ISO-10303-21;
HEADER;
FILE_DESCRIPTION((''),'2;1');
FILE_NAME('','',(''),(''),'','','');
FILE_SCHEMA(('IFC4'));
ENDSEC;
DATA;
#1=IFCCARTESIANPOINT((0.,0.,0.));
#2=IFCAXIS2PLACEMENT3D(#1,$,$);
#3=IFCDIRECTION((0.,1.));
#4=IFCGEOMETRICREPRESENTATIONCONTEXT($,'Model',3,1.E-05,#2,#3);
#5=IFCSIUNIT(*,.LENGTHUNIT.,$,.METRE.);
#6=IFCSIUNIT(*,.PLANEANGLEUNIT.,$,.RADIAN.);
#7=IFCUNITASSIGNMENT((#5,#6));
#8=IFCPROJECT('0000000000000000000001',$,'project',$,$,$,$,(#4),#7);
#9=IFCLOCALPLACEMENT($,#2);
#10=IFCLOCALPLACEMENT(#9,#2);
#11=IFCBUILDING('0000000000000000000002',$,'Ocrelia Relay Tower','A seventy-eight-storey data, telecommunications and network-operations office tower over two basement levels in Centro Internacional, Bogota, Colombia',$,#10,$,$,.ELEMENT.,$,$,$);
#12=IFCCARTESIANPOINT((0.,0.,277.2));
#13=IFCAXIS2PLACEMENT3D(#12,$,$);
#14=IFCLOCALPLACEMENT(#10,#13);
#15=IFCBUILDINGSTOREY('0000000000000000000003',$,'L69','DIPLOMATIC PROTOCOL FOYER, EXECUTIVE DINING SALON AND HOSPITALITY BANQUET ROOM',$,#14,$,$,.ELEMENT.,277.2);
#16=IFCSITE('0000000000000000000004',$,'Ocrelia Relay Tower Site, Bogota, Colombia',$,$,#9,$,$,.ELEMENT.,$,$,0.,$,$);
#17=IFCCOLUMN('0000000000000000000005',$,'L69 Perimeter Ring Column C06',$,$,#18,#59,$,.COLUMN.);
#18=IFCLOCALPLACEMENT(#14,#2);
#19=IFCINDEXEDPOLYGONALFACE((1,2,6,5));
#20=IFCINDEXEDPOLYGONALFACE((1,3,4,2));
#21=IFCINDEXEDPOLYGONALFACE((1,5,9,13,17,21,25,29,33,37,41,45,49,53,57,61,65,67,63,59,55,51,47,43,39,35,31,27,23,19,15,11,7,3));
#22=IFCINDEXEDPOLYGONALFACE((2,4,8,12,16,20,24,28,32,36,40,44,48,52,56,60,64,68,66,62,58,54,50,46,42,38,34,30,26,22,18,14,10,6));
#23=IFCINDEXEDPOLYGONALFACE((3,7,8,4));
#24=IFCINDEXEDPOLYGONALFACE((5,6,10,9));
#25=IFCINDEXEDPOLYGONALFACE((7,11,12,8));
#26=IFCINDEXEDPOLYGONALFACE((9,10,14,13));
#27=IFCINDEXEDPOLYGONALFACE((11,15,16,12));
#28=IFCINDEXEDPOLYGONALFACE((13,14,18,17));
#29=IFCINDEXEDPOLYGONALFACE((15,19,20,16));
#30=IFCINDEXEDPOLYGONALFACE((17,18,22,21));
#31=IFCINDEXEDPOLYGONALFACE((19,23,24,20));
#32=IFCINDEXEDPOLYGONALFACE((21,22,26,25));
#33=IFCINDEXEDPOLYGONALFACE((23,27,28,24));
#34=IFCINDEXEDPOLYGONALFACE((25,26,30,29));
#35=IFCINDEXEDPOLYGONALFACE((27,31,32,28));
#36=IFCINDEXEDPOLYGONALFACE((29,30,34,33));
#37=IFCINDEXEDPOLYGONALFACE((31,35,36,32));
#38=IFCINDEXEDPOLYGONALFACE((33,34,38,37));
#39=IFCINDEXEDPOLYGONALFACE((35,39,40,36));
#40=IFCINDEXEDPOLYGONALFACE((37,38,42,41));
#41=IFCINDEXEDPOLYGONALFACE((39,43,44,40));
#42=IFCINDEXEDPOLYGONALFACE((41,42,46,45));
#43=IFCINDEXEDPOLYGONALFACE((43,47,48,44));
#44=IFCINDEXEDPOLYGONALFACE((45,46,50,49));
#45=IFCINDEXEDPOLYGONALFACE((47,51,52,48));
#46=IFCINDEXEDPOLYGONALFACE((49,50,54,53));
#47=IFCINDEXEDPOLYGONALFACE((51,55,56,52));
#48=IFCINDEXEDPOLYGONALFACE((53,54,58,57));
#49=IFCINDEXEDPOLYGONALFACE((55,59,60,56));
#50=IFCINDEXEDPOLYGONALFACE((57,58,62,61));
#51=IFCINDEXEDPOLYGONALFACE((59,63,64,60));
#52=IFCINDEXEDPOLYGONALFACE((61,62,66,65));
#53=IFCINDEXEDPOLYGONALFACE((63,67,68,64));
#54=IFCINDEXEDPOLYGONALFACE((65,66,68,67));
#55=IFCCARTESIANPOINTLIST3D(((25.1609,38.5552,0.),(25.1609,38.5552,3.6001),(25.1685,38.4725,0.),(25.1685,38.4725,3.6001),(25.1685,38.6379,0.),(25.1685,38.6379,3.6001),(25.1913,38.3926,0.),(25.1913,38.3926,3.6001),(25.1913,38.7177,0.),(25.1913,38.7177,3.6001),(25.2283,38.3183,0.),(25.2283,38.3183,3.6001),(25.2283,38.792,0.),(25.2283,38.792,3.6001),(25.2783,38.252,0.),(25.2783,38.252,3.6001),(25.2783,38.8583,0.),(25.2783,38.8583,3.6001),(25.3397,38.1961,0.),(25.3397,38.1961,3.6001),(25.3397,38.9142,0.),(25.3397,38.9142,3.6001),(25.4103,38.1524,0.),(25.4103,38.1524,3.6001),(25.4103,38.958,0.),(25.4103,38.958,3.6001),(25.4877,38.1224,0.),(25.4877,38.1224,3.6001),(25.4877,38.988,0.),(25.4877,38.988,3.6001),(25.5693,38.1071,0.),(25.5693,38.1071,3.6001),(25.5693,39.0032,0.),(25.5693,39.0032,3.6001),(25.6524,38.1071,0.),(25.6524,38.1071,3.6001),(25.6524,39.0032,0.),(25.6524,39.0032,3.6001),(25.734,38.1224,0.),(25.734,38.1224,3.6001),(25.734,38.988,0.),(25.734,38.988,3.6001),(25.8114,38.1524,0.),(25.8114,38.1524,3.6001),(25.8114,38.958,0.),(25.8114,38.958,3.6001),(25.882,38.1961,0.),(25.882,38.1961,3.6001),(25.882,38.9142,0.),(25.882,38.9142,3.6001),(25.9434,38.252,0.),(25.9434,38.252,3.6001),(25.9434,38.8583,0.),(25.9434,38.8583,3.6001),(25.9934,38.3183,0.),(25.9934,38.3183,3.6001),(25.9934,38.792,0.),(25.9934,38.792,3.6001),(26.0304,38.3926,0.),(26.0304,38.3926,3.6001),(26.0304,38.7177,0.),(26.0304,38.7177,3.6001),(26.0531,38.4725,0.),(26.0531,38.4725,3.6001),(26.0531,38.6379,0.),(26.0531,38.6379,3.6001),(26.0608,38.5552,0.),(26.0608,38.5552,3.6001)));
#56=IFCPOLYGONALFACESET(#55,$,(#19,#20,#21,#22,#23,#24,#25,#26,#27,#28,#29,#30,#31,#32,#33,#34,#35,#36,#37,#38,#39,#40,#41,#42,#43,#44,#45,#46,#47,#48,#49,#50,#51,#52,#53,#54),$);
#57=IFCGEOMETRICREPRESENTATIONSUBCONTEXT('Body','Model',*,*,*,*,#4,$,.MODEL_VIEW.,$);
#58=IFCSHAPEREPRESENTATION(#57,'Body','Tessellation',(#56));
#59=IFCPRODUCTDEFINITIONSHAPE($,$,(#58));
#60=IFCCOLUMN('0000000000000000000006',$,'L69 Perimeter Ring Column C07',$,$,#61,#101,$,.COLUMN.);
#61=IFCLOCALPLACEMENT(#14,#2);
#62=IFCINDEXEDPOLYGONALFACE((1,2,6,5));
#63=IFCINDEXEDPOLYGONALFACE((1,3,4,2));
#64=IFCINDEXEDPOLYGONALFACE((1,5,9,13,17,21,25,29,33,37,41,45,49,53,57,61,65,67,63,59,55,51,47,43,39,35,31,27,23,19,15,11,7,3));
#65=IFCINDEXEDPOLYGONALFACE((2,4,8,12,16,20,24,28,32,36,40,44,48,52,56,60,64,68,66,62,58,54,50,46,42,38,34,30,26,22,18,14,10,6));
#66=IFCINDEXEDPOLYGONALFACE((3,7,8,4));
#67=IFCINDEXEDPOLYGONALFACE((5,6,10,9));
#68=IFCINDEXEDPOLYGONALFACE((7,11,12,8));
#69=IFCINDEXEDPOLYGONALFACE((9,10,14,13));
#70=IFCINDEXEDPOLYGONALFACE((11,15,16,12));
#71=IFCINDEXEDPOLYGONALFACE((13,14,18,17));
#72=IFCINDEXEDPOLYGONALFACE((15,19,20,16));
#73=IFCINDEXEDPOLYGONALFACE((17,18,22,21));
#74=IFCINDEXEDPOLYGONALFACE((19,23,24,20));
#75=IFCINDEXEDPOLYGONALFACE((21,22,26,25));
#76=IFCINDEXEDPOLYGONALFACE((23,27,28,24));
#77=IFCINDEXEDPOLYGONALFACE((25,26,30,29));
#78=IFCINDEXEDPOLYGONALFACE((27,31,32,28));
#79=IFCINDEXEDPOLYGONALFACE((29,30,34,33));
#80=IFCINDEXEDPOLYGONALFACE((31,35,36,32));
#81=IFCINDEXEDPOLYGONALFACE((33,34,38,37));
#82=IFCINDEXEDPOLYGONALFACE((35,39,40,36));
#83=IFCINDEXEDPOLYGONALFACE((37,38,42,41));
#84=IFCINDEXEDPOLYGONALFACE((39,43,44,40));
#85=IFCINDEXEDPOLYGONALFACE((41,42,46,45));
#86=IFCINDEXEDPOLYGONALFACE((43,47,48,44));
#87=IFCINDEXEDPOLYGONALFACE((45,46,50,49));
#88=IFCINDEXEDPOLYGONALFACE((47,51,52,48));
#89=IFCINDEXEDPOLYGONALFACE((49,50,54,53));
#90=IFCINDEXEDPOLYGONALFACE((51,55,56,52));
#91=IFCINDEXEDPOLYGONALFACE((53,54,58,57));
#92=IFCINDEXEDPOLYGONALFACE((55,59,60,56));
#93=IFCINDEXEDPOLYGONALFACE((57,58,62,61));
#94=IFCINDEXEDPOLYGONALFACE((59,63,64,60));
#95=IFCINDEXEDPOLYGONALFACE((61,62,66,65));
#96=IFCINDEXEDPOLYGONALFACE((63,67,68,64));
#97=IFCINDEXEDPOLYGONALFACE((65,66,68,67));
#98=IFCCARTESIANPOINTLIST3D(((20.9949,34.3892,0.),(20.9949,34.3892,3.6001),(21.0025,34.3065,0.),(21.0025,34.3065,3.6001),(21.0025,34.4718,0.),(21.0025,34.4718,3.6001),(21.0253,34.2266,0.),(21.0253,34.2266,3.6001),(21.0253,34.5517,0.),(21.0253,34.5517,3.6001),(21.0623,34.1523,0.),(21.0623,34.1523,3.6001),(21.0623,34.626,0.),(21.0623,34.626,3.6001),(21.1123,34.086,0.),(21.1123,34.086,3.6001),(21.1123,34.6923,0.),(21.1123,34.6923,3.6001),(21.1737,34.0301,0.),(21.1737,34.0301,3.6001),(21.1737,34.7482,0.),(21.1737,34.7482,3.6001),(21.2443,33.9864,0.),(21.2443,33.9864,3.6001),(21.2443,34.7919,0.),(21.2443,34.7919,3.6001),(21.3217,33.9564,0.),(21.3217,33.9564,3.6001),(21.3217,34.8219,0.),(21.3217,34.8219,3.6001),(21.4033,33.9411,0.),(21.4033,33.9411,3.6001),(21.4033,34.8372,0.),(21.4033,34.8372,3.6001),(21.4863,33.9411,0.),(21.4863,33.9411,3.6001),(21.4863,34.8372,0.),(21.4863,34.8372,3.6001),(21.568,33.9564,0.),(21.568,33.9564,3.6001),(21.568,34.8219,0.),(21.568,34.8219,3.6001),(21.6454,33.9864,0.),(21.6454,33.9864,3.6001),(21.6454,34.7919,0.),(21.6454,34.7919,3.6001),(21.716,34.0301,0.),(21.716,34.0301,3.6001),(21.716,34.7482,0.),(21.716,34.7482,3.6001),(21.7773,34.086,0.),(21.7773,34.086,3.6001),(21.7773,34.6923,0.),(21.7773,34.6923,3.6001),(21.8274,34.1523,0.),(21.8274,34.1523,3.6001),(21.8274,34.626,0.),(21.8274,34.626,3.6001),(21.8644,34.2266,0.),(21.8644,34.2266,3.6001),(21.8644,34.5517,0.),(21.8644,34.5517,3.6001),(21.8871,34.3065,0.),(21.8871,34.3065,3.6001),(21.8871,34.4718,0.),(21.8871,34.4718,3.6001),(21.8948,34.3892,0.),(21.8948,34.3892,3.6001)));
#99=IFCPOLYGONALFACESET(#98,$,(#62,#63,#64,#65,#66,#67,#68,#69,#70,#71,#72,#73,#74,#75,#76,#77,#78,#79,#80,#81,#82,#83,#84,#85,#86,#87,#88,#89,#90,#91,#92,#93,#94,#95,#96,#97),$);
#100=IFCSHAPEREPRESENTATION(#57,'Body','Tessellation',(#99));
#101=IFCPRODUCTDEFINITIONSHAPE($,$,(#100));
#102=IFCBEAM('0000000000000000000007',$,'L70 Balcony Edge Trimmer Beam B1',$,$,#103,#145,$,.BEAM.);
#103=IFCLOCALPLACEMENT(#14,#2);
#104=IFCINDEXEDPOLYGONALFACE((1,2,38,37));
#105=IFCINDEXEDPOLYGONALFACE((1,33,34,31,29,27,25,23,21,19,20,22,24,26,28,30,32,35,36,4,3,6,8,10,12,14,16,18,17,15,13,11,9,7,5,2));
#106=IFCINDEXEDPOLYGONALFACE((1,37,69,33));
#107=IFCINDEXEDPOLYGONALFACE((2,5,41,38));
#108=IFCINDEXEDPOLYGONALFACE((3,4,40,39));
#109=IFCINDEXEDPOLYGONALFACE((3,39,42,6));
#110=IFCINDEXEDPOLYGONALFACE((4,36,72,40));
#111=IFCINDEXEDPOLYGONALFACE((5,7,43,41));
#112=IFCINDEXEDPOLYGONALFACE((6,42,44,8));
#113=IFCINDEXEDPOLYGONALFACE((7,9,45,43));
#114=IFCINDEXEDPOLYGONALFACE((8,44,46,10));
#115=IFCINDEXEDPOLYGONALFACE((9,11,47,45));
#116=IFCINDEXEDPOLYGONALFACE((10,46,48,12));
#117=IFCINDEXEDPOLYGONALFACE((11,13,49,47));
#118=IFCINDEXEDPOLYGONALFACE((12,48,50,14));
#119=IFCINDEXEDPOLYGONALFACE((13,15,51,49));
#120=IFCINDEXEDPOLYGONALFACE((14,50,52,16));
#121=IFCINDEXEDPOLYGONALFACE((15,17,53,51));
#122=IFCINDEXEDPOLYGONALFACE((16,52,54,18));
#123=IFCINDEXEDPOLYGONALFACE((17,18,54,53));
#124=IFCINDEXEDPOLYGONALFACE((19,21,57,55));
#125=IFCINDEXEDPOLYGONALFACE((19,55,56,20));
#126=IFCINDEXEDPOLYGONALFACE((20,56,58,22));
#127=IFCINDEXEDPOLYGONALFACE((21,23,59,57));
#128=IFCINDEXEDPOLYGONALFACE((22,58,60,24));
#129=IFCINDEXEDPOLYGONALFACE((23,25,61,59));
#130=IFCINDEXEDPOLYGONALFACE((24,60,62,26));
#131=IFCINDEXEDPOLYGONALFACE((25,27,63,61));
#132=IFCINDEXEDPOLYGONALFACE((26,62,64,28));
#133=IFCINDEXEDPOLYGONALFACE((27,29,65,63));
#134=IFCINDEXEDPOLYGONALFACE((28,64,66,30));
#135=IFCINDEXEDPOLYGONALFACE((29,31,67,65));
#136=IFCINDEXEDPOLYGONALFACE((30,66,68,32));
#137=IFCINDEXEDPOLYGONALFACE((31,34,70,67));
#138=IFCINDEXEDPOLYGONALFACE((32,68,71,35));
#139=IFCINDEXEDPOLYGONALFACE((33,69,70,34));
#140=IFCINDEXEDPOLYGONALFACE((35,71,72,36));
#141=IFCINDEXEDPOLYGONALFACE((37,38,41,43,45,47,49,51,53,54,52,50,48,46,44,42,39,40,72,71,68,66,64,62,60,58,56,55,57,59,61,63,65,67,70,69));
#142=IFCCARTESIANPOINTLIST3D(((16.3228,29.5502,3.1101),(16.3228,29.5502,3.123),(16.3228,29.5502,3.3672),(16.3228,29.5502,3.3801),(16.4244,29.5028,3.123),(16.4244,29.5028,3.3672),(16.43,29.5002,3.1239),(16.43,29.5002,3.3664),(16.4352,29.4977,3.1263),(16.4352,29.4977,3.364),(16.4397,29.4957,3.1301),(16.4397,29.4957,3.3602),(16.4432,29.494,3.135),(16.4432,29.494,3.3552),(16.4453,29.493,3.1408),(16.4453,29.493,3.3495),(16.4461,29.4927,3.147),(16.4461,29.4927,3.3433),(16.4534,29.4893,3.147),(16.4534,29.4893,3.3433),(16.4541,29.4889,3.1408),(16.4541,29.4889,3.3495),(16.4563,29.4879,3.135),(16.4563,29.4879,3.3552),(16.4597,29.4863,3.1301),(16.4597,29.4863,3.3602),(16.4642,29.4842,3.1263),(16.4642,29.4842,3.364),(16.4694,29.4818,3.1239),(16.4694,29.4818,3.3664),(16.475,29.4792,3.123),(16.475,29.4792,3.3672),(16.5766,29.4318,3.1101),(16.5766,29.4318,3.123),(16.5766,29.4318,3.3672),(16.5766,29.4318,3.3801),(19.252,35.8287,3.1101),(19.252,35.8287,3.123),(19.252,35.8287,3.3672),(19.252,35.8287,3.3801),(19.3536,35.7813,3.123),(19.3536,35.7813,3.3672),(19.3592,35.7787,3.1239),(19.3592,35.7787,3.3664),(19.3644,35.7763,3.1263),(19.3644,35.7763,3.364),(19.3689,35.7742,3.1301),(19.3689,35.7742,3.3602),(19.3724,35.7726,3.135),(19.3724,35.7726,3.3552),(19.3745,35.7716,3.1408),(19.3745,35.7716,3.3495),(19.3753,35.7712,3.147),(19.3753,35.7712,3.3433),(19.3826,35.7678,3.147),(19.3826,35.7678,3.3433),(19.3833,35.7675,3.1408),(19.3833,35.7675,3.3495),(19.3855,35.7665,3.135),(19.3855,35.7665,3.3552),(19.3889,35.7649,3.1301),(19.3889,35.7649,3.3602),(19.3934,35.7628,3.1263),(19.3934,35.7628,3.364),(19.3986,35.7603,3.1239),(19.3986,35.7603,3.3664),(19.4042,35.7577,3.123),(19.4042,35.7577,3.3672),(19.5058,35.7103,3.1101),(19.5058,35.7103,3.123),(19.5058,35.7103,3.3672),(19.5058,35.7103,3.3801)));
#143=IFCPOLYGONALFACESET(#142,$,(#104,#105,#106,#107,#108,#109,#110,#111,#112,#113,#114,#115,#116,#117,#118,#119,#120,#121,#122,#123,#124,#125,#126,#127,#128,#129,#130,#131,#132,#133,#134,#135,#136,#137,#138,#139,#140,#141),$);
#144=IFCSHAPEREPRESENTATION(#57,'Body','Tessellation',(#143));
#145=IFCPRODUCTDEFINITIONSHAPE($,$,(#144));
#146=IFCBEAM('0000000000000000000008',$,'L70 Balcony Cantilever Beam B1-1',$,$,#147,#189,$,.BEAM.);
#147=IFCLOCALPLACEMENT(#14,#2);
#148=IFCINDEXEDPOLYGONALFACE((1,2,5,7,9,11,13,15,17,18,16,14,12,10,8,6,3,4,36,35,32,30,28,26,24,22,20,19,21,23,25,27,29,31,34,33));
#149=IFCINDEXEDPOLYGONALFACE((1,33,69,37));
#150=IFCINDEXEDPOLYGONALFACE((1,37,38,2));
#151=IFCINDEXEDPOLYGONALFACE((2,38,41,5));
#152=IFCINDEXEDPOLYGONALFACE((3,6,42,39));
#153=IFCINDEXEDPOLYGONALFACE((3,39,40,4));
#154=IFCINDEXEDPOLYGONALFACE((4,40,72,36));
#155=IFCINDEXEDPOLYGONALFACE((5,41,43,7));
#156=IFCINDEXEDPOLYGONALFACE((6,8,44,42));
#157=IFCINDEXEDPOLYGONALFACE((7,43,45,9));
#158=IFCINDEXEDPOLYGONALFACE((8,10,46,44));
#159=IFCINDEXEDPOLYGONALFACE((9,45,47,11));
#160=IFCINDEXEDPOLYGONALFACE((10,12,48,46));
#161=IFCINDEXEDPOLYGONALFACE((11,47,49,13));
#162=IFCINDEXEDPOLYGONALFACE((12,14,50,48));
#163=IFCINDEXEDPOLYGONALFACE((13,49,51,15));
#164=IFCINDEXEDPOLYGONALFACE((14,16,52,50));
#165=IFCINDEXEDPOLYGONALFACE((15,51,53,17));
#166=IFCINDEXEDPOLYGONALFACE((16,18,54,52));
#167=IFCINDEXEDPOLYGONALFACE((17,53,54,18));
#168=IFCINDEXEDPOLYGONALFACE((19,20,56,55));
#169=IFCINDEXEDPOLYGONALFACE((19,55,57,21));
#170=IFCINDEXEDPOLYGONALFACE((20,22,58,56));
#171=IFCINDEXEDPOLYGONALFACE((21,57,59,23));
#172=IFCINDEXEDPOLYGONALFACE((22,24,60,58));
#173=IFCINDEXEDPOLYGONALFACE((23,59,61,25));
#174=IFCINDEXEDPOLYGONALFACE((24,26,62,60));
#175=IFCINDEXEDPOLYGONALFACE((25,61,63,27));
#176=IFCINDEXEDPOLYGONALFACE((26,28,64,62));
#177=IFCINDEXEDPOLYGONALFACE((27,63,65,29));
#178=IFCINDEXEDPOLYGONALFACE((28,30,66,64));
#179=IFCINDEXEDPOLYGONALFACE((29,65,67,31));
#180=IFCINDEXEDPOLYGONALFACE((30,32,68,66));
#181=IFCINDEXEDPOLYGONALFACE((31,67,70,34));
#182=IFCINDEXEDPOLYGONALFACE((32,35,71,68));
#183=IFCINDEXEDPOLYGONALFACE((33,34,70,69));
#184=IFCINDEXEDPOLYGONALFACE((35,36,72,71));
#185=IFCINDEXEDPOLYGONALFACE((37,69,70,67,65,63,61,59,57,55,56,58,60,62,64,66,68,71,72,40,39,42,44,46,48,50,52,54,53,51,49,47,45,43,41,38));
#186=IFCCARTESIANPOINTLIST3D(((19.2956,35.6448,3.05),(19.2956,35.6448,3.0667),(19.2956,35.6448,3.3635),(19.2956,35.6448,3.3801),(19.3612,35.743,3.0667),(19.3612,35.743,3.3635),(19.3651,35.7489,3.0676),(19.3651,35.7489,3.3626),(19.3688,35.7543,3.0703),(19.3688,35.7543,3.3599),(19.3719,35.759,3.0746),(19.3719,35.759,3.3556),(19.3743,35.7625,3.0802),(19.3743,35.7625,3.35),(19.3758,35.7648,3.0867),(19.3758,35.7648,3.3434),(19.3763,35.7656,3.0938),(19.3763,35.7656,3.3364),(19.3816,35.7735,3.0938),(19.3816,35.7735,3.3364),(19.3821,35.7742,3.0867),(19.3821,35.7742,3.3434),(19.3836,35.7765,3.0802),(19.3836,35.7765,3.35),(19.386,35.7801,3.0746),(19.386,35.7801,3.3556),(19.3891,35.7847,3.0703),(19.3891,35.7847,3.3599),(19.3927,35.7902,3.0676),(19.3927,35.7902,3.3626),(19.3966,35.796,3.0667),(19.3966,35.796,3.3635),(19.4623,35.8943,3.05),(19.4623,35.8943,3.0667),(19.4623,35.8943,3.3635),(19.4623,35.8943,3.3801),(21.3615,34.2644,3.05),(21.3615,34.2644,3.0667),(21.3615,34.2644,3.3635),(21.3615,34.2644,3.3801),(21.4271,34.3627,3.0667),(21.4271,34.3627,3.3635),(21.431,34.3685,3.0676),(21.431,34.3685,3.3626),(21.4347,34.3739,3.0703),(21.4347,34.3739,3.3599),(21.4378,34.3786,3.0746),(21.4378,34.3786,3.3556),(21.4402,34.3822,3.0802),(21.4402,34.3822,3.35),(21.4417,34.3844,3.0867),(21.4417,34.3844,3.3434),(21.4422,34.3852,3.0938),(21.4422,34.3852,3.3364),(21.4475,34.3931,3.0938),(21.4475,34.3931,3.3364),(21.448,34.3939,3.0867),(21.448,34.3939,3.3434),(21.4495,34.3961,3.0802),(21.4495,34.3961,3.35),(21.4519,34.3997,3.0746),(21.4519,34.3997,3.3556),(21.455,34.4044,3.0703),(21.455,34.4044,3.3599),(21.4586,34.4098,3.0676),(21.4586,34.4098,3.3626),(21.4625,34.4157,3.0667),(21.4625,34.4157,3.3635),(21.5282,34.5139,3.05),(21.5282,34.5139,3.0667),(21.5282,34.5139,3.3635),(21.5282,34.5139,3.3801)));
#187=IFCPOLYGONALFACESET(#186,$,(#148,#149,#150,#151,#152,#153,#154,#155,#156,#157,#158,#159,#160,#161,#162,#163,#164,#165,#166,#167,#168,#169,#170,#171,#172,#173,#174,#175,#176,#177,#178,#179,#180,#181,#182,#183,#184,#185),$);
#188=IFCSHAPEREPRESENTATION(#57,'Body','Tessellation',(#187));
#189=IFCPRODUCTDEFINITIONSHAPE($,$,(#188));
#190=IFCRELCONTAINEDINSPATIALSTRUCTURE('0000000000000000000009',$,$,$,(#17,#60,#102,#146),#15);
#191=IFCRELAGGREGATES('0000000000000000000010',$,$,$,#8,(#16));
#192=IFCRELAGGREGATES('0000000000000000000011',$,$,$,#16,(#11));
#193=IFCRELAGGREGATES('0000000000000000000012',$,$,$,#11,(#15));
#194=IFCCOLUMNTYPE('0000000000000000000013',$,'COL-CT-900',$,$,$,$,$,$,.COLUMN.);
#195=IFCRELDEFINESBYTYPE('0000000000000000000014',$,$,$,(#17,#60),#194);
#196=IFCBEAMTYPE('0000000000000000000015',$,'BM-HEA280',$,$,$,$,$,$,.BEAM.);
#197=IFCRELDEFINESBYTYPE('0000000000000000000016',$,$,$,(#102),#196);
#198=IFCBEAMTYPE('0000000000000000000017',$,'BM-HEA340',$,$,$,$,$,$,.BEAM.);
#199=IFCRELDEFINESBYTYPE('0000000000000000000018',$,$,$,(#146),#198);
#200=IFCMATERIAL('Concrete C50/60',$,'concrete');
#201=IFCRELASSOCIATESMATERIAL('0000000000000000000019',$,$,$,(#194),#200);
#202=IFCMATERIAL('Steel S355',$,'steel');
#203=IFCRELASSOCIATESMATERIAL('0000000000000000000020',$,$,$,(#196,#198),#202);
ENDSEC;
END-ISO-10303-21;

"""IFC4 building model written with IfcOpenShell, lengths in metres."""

from ifc_helpers import new_model, si_unit, direction, frame, origin, origin_2d, place, context, subcontext, project, spatial, circle, i_section, extrude, material, material_profile, profile_set, type_object, element, save


model = new_model("IFC4")

# Units and contexts
model_context = context("Model", 3, precision=1e-05, world=origin(), true_north=direction((0.0, 1.0)))
body_context = subcontext(model_context, "Body", "Model", "MODEL_VIEW")
ifc_project = project(units=[si_unit("LENGTHUNIT", "METRE"), si_unit("PLANEANGLEUNIT", "RADIAN")], contexts=[model_context])

# Site, building, storey
site_placement = place(None, origin())
site = spatial("IfcSite", under=ifc_project, at=site_placement, Name="Ocrelia Relay Tower Site, Bogota, Colombia", CompositionType="ELEMENT", RefElevation=0.0)
building_placement = place(site_placement, origin())
building = spatial("IfcBuilding", under=site, at=building_placement, Name="Ocrelia Relay Tower", Description="A seventy-eight-storey data, telecommunications and network-operations office tower over two basement levels in Centro Internacional, Bogota, Colombia", CompositionType="ELEMENT")
storey_placement = place(building_placement, frame((0.0, 0.0, 277.2)))
storey = spatial("IfcBuildingStorey", under=building, at=storey_placement, Name="L69", Description="DIPLOMATIC PROTOCOL FOYER, EXECUTIVE DINING SALON AND HOSPITALITY BANQUET ROOM", CompositionType="ELEMENT", Elevation=277.2)

# Columns
ifc_material_1 = material(Name="Concrete C50/60", Category="concrete")
ifc_material_profile_1 = material_profile(ifc_material_1, circle(Radius=0.45, at=origin_2d()), Name="RC-CIR-900")
ifc_profile_set_1 = profile_set([ifc_material_profile_1], Name="Concrete C50/60")
column_type = type_object("IfcColumnType", Name="COL-CT-900", PredefinedType="COLUMN", material=ifc_profile_set_1)
for number, where, z_axis, x_axis, name in (
    (1, (25.6108, 38.5552, 0.0), (0.0, 0.0, 1.0), (1.0, 0.0, 0.0), "L69 Perimeter Ring Column C06"),
    (2, (21.4448, 34.3892, 0.0), (0.0, 0.0, 1.0), (1.0, 0.0, 0.0), "L69 Perimeter Ring Column C07"),
):
    element("IfcColumn", number, at=place(storey_placement, frame(where, z_axis=z_axis, x_axis=x_axis)), inside=storey, type_object=column_type, Name=name, PredefinedType="COLUMN", context=body_context, shape_type="SweptSolid", body=[
        extrude(circle(Radius=0.45, at=origin_2d()), origin(), (0.0, 0.0, 1.0), 3.6001),
    ])

# Beams
ifc_material_2 = material(Name="Steel S355", Category="steel")
ifc_material_profile_2 = material_profile(ifc_material_2, i_section(OverallWidth=0.28, OverallDepth=0.27, WebThickness=0.0081, FlangeThickness=0.0129, FilletRadius=0.0239, at=origin_2d()), Name="HEA 280")
ifc_profile_set_2 = profile_set([ifc_material_profile_2], Name="Steel S355")
beam_type_1 = type_object("IfcBeamType", Name="BM-HEA280", PredefinedType="BEAM", material=ifc_profile_set_2)
beam_1_placement = place(storey_placement, frame((19.3789, 35.7695, 3.2451), z_axis=(-0.422791, -0.906227, 0.0), x_axis=(0.906227, -0.422791, 0.0)))
element("IfcBeam", 3, at=beam_1_placement, inside=storey, type_object=beam_type_1, Name="L70 Balcony Edge Trimmer Beam B1", PredefinedType="BEAM", context=body_context, shape_type="SweptSolid", body=[
    extrude(i_section(OverallWidth=0.28, OverallDepth=0.27, WebThickness=0.0081, FlangeThickness=0.0129, FilletRadius=0.0239, at=origin_2d()), origin(), (0.0, 0.0, 1.0), 6.9282),
])
ifc_material_profile_3 = material_profile(ifc_material_2, i_section(OverallWidth=0.3, OverallDepth=0.3301, WebThickness=0.0095, FlangeThickness=0.0166, FilletRadius=0.0271, at=origin_2d()), Name="HEA 340")
ifc_profile_set_3 = profile_set([ifc_material_profile_3], Name="Steel S355")
beam_type_2 = type_object("IfcBeamType", Name="BM-HEA340", PredefinedType="BEAM", material=ifc_profile_set_3)
beam_2_placement = place(storey_placement, frame((21.4448, 34.3892, 3.2151), z_axis=(-0.831475, 0.555562, 0.0), x_axis=(-0.555562, -0.831475, 0.0)))
element("IfcBeam", 4, at=beam_2_placement, inside=storey, type_object=beam_type_2, Name="L70 Balcony Cantilever Beam B1-1", PredefinedType="BEAM", context=body_context, shape_type="SweptSolid", body=[
    extrude(i_section(OverallWidth=0.3, OverallDepth=0.3301, WebThickness=0.0095, FlangeThickness=0.0166, FilletRadius=0.0271, at=origin_2d()), origin(), (0.0, 0.0, 1.0), 2.4846),
])

save(model, "model.ifc")
